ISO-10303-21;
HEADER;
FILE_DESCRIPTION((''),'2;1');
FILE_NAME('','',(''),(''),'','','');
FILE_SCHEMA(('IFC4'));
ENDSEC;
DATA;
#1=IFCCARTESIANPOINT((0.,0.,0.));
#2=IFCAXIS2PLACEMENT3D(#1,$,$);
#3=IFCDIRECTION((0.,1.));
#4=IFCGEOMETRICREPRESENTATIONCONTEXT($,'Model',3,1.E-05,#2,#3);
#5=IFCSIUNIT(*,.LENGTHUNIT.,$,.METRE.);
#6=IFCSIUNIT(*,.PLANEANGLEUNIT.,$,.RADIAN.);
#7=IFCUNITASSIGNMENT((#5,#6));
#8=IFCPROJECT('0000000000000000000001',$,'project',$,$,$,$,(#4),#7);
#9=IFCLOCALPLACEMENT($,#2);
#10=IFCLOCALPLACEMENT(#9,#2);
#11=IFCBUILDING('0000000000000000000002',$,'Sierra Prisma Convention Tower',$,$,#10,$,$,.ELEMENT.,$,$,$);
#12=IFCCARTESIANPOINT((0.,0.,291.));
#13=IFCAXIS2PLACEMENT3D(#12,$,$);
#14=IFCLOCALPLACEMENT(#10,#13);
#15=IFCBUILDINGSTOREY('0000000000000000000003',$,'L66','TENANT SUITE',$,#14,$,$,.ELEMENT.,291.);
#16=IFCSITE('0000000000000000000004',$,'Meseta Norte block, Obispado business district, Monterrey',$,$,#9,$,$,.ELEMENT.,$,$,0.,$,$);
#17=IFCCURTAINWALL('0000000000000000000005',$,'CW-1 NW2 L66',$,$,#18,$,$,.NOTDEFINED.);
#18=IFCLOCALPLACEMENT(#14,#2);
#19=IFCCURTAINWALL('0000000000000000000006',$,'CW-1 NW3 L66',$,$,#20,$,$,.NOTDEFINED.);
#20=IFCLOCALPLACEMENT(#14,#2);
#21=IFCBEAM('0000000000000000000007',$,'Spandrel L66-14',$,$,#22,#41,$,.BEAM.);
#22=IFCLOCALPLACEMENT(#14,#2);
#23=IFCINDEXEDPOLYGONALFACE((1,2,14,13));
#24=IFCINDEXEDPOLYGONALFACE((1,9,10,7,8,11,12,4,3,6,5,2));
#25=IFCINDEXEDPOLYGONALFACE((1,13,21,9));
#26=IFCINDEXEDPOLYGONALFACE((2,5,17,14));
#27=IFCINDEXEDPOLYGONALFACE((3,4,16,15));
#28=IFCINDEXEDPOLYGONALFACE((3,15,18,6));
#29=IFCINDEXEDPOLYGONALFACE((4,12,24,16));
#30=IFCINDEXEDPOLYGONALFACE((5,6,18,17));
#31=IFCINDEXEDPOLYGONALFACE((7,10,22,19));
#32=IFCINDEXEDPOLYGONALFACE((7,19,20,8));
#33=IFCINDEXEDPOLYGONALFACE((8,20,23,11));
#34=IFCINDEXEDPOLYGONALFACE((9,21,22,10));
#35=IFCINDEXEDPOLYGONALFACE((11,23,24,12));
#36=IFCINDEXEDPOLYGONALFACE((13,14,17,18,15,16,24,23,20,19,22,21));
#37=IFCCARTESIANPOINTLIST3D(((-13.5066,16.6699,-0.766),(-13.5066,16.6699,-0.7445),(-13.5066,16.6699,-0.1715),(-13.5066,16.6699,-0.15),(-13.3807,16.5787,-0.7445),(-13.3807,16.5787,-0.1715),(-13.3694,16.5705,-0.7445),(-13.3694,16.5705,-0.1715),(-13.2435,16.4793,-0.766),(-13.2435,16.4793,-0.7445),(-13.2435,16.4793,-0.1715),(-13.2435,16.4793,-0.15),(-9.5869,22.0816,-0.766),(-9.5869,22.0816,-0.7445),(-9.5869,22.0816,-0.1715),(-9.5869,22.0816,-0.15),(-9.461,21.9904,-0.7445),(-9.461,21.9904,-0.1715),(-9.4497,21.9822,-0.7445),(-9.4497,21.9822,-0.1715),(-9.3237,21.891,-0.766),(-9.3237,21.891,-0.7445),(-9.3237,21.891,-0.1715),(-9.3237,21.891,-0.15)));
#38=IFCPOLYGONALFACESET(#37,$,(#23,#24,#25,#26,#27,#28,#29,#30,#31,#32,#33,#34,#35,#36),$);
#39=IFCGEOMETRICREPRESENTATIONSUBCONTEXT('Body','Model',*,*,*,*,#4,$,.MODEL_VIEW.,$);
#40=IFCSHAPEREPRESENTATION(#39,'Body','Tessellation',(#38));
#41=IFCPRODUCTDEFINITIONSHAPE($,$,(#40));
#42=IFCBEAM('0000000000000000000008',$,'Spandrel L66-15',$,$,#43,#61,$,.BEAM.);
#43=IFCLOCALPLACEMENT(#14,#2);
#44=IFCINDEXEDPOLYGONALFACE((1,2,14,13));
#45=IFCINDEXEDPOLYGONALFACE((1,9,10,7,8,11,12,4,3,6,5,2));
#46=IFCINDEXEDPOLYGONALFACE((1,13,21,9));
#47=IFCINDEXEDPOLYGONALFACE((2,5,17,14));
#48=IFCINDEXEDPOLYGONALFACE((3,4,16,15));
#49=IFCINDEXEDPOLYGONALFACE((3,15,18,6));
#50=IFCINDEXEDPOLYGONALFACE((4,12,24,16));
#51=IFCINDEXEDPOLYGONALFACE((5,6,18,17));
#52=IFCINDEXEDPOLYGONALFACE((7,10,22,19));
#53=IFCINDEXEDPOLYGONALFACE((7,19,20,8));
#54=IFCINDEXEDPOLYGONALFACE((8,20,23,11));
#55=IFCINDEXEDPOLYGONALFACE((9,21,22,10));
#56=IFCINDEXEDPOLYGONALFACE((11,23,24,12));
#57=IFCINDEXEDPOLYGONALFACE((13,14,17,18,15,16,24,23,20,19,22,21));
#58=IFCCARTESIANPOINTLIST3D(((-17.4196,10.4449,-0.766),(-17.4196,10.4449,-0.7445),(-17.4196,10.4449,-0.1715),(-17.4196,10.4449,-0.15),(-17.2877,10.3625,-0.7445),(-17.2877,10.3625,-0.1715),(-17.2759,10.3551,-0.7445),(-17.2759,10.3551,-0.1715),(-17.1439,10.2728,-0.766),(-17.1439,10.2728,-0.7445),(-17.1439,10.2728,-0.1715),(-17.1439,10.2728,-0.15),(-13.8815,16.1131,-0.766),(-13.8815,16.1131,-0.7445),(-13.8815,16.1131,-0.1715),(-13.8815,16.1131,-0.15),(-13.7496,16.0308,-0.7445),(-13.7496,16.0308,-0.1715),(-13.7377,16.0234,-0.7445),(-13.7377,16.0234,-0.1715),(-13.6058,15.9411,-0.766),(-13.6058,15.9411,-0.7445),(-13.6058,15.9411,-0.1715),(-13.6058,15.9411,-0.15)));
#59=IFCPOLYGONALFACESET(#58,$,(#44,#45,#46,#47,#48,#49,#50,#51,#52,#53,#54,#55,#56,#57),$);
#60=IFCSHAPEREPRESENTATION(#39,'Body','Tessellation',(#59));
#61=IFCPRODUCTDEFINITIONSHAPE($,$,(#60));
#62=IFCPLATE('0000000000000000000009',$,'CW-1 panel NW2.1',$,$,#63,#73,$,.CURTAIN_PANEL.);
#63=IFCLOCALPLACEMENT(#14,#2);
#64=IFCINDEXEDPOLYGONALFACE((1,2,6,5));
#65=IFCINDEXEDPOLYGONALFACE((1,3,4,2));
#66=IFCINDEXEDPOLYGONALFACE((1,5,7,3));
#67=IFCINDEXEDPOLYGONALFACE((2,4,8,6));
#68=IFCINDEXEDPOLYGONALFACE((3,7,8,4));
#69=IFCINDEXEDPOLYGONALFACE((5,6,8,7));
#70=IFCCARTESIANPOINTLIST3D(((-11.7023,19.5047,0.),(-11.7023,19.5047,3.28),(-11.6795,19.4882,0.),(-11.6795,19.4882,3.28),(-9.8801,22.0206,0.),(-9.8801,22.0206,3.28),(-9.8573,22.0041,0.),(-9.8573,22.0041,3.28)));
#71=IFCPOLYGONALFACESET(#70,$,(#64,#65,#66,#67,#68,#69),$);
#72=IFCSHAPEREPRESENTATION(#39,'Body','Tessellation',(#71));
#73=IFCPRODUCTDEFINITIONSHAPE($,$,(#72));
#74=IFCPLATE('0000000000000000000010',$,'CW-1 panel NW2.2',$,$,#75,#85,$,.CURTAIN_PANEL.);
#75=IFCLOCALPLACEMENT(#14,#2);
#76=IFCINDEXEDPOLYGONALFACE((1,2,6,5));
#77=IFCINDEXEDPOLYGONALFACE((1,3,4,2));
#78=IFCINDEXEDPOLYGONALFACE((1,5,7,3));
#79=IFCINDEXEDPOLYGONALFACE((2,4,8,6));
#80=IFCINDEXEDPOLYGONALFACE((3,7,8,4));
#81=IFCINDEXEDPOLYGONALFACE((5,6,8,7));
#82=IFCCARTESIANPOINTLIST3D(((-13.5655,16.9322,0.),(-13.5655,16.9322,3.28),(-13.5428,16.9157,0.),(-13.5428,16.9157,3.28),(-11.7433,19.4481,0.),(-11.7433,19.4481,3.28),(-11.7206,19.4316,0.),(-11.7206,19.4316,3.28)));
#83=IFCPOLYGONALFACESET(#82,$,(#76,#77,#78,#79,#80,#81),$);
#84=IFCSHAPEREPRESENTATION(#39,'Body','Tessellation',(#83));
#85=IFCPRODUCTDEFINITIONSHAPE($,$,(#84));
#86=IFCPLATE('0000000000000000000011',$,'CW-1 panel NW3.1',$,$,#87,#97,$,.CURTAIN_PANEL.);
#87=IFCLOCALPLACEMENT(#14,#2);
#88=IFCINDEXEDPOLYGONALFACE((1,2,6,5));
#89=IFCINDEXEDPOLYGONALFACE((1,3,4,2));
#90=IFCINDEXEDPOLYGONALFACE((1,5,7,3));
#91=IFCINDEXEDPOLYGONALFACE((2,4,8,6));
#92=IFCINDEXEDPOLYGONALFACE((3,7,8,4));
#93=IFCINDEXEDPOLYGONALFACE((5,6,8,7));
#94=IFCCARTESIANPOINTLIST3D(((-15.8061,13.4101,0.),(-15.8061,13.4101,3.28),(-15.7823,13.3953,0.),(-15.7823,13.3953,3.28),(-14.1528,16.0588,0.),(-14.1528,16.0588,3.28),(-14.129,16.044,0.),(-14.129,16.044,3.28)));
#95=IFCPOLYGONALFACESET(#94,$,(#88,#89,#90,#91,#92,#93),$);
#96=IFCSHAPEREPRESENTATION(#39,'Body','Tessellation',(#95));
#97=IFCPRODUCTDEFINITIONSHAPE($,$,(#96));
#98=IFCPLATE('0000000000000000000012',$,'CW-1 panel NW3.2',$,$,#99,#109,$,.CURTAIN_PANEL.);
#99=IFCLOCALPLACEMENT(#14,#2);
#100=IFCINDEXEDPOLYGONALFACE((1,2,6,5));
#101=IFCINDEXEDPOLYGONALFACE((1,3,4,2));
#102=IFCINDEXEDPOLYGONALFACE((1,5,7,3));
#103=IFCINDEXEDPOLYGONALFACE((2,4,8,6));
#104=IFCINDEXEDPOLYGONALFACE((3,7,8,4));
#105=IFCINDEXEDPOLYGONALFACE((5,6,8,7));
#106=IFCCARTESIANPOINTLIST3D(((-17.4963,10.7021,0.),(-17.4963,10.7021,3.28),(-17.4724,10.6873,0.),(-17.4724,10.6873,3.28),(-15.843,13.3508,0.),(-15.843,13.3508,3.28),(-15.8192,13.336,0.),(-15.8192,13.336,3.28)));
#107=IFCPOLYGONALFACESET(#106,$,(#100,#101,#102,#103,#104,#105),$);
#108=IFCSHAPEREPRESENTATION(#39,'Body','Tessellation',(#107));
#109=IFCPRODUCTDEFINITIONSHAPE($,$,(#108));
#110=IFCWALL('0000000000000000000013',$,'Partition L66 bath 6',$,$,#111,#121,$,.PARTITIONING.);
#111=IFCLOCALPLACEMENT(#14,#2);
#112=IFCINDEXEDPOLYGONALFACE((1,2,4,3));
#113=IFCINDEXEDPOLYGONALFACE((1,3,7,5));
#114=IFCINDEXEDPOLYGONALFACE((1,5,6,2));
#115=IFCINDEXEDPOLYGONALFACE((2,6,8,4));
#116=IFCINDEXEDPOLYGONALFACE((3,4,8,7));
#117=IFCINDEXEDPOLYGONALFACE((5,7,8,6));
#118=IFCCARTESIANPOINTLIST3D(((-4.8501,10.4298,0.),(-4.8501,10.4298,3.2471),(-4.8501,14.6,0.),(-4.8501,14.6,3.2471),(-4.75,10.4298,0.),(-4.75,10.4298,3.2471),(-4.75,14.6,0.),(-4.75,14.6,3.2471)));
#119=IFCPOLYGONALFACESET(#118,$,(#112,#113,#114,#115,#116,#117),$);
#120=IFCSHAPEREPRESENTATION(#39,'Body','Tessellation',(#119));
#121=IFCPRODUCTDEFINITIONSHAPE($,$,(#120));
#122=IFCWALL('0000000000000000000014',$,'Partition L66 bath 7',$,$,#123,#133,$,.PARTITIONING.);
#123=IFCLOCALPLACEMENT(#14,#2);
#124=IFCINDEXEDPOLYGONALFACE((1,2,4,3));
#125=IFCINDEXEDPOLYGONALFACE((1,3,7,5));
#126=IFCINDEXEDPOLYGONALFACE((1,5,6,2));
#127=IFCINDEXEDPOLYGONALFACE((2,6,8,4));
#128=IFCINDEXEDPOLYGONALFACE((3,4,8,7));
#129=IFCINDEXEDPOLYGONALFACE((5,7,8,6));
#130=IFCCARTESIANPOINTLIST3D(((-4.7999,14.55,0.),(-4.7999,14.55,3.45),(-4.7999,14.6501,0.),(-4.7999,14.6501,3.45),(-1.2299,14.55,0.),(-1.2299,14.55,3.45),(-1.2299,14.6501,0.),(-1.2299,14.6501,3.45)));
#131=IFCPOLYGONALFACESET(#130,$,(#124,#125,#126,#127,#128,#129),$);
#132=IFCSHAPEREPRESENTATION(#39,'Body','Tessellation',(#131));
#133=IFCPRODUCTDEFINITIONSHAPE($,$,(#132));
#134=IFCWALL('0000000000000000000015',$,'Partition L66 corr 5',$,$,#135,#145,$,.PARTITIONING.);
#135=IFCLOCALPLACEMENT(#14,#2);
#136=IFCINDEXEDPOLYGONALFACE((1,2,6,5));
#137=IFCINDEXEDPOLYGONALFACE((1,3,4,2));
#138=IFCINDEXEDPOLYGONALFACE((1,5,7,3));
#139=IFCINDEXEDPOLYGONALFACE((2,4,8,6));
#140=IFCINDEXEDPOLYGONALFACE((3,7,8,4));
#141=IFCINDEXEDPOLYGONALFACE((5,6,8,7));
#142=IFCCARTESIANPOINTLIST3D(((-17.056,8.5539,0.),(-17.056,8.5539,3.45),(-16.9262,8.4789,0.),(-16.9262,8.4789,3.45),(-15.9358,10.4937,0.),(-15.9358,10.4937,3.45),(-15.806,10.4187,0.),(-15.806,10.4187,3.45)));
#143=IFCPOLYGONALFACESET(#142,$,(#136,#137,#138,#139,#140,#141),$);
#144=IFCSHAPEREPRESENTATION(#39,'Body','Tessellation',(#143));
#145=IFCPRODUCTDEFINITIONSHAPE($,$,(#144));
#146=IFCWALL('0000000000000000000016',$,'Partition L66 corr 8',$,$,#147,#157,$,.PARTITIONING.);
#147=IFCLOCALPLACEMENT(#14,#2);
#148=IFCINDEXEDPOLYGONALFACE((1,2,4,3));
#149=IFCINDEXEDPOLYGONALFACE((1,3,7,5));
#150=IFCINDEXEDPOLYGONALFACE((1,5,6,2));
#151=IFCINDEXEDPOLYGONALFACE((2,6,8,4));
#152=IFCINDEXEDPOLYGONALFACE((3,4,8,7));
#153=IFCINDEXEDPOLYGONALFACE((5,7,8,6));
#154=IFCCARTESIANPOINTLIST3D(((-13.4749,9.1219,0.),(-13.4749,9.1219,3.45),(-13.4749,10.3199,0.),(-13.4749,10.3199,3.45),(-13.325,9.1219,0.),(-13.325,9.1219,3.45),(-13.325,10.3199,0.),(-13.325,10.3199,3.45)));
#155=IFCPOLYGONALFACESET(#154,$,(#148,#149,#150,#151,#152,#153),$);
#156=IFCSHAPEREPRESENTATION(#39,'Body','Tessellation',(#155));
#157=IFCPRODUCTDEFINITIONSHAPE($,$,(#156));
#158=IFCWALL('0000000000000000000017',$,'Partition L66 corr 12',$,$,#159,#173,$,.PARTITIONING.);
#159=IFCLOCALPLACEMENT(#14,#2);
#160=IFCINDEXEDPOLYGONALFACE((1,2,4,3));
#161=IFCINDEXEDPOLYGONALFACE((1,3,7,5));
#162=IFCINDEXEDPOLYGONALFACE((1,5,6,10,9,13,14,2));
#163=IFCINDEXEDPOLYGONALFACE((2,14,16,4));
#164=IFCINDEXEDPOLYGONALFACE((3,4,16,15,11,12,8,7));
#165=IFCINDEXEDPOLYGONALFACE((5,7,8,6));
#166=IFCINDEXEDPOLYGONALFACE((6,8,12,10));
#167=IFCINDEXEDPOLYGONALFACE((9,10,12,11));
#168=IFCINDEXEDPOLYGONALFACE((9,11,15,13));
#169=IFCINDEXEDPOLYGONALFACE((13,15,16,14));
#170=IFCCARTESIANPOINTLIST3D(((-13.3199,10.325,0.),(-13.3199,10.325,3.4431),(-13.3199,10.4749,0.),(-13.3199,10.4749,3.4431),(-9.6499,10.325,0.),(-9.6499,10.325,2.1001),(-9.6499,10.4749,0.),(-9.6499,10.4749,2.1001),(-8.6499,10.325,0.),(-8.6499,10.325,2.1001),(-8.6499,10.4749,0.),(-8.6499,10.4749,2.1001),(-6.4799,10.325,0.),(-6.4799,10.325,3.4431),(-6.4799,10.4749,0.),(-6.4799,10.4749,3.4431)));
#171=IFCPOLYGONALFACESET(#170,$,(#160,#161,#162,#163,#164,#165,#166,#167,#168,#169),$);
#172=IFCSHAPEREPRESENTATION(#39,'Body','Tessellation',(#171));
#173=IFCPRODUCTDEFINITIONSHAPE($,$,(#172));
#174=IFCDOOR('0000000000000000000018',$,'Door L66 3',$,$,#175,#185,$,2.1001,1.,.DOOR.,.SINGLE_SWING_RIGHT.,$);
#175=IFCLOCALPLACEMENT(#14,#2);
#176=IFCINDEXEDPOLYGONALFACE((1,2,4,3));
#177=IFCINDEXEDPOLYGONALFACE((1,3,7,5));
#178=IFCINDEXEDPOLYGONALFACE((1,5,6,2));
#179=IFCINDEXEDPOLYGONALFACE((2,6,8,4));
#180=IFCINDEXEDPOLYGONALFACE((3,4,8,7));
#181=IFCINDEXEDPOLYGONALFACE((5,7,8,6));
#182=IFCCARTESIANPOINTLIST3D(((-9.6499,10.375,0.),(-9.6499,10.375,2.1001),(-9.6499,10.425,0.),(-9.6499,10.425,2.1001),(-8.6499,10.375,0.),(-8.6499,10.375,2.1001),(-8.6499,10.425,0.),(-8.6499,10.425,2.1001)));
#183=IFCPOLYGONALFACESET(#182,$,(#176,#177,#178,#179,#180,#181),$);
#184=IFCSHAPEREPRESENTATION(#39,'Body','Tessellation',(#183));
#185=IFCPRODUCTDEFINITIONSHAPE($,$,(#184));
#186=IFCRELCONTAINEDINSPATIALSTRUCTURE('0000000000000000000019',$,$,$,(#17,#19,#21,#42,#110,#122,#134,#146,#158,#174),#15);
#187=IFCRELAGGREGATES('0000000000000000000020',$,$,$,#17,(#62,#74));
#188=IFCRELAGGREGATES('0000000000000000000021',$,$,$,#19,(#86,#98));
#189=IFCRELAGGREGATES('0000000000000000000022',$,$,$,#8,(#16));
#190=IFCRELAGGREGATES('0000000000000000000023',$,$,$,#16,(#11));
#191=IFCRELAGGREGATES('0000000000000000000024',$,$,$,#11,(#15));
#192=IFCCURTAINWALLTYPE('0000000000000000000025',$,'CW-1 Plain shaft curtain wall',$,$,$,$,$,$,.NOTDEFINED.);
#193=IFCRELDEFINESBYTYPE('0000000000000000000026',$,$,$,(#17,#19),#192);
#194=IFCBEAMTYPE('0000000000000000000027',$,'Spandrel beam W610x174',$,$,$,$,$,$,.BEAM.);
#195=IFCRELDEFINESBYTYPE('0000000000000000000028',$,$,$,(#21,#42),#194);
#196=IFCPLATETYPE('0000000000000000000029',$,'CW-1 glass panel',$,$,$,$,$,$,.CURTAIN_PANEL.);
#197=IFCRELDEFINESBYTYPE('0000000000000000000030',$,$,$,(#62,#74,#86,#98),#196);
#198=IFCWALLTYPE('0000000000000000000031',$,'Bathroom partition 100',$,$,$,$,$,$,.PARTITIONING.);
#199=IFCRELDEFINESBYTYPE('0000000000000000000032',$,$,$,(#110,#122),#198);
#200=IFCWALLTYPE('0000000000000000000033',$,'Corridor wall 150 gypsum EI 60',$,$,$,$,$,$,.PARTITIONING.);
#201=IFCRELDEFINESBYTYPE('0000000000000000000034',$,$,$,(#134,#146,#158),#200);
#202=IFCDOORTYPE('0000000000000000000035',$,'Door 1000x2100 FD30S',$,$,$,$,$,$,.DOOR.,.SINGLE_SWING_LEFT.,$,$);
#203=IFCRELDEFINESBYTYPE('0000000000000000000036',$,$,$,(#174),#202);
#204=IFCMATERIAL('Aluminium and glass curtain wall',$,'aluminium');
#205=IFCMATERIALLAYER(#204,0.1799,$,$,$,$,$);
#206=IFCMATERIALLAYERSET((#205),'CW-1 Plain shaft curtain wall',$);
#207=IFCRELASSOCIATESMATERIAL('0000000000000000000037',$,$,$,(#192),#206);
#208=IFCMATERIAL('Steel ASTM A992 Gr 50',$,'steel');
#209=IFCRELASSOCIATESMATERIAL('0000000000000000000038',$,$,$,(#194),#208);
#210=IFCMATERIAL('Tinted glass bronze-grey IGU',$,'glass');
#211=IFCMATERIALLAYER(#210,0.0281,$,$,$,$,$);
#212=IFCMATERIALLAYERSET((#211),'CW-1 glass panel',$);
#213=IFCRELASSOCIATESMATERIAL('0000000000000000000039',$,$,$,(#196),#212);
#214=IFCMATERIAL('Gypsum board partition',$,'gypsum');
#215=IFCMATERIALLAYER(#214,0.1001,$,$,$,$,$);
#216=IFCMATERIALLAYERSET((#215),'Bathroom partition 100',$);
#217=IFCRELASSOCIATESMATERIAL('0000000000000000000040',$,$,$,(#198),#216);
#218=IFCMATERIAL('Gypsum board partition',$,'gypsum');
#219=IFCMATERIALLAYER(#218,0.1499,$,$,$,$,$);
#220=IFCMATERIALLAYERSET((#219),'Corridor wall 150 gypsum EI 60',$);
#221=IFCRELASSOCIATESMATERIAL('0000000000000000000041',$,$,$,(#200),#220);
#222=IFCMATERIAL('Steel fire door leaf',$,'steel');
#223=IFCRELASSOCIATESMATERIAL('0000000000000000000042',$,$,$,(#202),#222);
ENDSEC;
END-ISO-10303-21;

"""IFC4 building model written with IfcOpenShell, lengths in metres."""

from ifc_helpers import new_model, si_unit, direction, frame, frame_2d, origin, origin_2d, place, context, subcontext, project, spatial, rectangle, i_section, extrude, material, layer, layer_set, material_profile, profile_set, type_object, element, fill, aggregate, save


model = new_model("IFC4")

# Units and contexts
model_context = context("Model", 3, precision=1e-05, world=origin(), true_north=direction((0.0, 1.0)))
body_context = subcontext(model_context, "Body", "Model", "MODEL_VIEW")
ifc_project = project(units=[si_unit("LENGTHUNIT", "METRE"), si_unit("PLANEANGLEUNIT", "RADIAN")], contexts=[model_context])

# Site, building, storey
site_placement = place(None, origin())
site = spatial("IfcSite", under=ifc_project, at=site_placement, Name="Meseta Norte block, Obispado business district, Monterrey", CompositionType="ELEMENT", RefElevation=0.0)
building_placement = place(site_placement, origin())
building = spatial("IfcBuilding", under=site, at=building_placement, Name="Sierra Prisma Convention Tower", CompositionType="ELEMENT")
storey_placement = place(building_placement, frame((0.0, 0.0, 291.0)))
storey = spatial("IfcBuildingStorey", under=building, at=storey_placement, Name="L66", Description="TENANT SUITE", CompositionType="ELEMENT", Elevation=291.0)

# Curtain wall
ifc_material_1 = material(Name="Aluminium and glass curtain wall", Category="aluminium")
ifc_layer_1 = layer(ifc_material_1, 0.1799)
ifc_layer_set_1 = layer_set([ifc_layer_1], Name="CW-1 Plain shaft curtain wall")
curtain_wall_type = type_object("IfcCurtainWallType", Name="CW-1 Plain shaft curtain wall", PredefinedType="NOTDEFINED", material=ifc_layer_set_1)
curtain_wall_1_placement = place(storey_placement, origin())
curtain_wall_1 = element("IfcCurtainWall", 1, at=curtain_wall_1_placement, inside=storey, type_object=curtain_wall_type, Name="CW-1 NW2 L66", PredefinedType="NOTDEFINED")

# Curtain wall
curtain_wall_2_placement = place(storey_placement, origin())
curtain_wall_2 = element("IfcCurtainWall", 2, at=curtain_wall_2_placement, inside=storey, type_object=curtain_wall_type, Name="CW-1 NW3 L66", PredefinedType="NOTDEFINED")

# Beams
ifc_material_2 = material(Name="Steel ASTM A992 Gr 50", Category="steel")
ifc_material_profile_1 = material_profile(ifc_material_2, i_section(OverallWidth=0.325, OverallDepth=0.616, WebThickness=0.0139, FlangeThickness=0.0215, at=origin_2d()), Name="W610x174")
ifc_profile_set_1 = profile_set([ifc_material_profile_1], Name="Steel ASTM A992 Gr 50")
beam_type_1 = type_object("IfcBeamType", Name="Spandrel beam W610x174", PredefinedType="BEAM", material=ifc_profile_set_1)
beam_1_placement = place(storey_placement, frame((-9.4553, 21.9863, -0.458), z_axis=(-0.5866, -0.809877, 0.0), x_axis=(0.809877, -0.5866, 0.0)))
element("IfcBeam", 3, at=beam_1_placement, inside=storey, type_object=beam_type_1, Name="Spandrel L66-14", PredefinedType="BEAM", context=body_context, shape_type="SweptSolid", body=[
    extrude(i_section(OverallWidth=0.325, OverallDepth=0.616, WebThickness=0.0139, FlangeThickness=0.0215, at=origin_2d()), origin(), (0.0, 0.0, 1.0), 6.6821),
])
beam_2_placement = place(storey_placement, frame((-13.7437, 16.0271, -0.458), z_axis=(-0.529509, -0.848304, 0.0), x_axis=(0.848304, -0.529509, 0.0)))
element("IfcBeam", 4, at=beam_2_placement, inside=storey, type_object=beam_type_1, Name="Spandrel L66-15", PredefinedType="BEAM", context=body_context, shape_type="SweptSolid", body=[
    extrude(i_section(OverallWidth=0.325, OverallDepth=0.616, WebThickness=0.0139, FlangeThickness=0.0215, at=origin_2d()), origin(), (0.0, 0.0, 1.0), 6.6819),
])

# Plates
ifc_material_3 = material(Name="Tinted glass bronze-grey IGU", Category="glass")
ifc_layer_2 = layer(ifc_material_3, 0.0281)
ifc_layer_set_2 = layer_set([ifc_layer_2], Name="CW-1 glass panel")
plate_type = type_object("IfcPlateType", Name="CW-1 glass panel", PredefinedType="CURTAIN_PANEL", material=ifc_layer_set_2)
plate_1_placement = place(storey_placement, frame((-10.7798, 20.7544, 0.0), z_axis=(0.0, 0.0, 1.0), x_axis=(-0.586589, -0.809885, 0.0)))
plate_1 = element("IfcPlate", 5, at=plate_1_placement, type_object=plate_type, Name="CW-1 panel NW2.1", PredefinedType="CURTAIN_PANEL", context=body_context, shape_type="SweptSolid", body=[
    extrude(rectangle(XDim=3.1064, YDim=0.0281, at=origin_2d()), origin(), (0.0, 0.0, 1.0), 3.28),
])
plate_2_placement = place(storey_placement, frame((-12.6431, 18.1819, 0.0), z_axis=(0.0, 0.0, 1.0), x_axis=(-0.586589, -0.809885, 0.0)))
plate_2 = element("IfcPlate", 6, at=plate_2_placement, type_object=plate_type, Name="CW-1 panel NW2.2", PredefinedType="CURTAIN_PANEL", context=body_context, shape_type="SweptSolid", body=[
    extrude(rectangle(XDim=3.1064, YDim=0.0281, at=origin_2d()), origin(), (0.0, 0.0, 1.0), 3.28),
])
aggregate(curtain_wall_1, [plate_1, plate_2])
plate_3_placement = place(storey_placement, frame((-14.9675, 14.7271, 0.0), z_axis=(0.0, 0.0, 1.0), x_axis=(-0.529501, -0.848309, 0.0)))
plate_3 = element("IfcPlate", 7, at=plate_3_placement, type_object=plate_type, Name="CW-1 panel NW3.1", PredefinedType="CURTAIN_PANEL", context=body_context, shape_type="SweptSolid", body=[
    extrude(rectangle(XDim=3.1223, YDim=0.0281, at=origin_2d()), origin(), (0.0, 0.0, 1.0), 3.28),
])
plate_4_placement = place(storey_placement, frame((-16.6577, 12.019, 0.0), z_axis=(0.0, 0.0, 1.0), x_axis=(-0.529501, -0.848309, 0.0)))
plate_4 = element("IfcPlate", 8, at=plate_4_placement, type_object=plate_type, Name="CW-1 panel NW3.2", PredefinedType="CURTAIN_PANEL", context=body_context, shape_type="SweptSolid", body=[
    extrude(rectangle(XDim=3.1223, YDim=0.0281, at=origin_2d()), origin(), (0.0, 0.0, 1.0), 3.28),
])
aggregate(curtain_wall_2, [plate_3, plate_4])

# Walls
ifc_material_4 = material(Name="Gypsum board partition", Category="gypsum")
ifc_layer_3 = layer(ifc_material_4, 0.1001)
ifc_layer_set_3 = layer_set([ifc_layer_3], Name="Bathroom partition 100")
wall_type_1 = type_object("IfcWallType", Name="Bathroom partition 100", PredefinedType="PARTITIONING", material=ifc_layer_set_3)
wall_1_placement = place(storey_placement, frame((-4.8, 10.4299, 0.0), z_axis=(0.0, 0.0, 1.0), x_axis=(0.0, 1.0, 0.0)))
element("IfcWall", 9, at=wall_1_placement, inside=storey, type_object=wall_type_1, Name="Partition L66 bath 6", PredefinedType="PARTITIONING", context=body_context, shape_type="SweptSolid", body=[
    extrude(rectangle(XDim=4.1702, YDim=0.1001, at=frame_2d((2.085, 0.0))), origin(), (0.0, 0.0, 1.0), 3.2471),
])
wall_2_placement = place(storey_placement, frame((-4.8, 14.6001, 0.0), z_axis=(0.0, 0.0, 1.0), x_axis=(1.0, 0.0, 0.0)))
element("IfcWall", 10, at=wall_2_placement, inside=storey, type_object=wall_type_1, Name="Partition L66 bath 7", PredefinedType="PARTITIONING", context=body_context, shape_type="SweptSolid", body=[
    extrude(rectangle(XDim=3.5701, YDim=0.1001, at=frame_2d((1.7852, 0.0))), origin(), (0.0, 0.0, 1.0), 3.45),
])
ifc_material_5 = material(Name="Gypsum board partition", Category="gypsum")
ifc_layer_4 = layer(ifc_material_5, 0.1499)
ifc_layer_set_4 = layer_set([ifc_layer_4], Name="Corridor wall 150 gypsum EI 60")
wall_type_2 = type_object("IfcWallType", Name="Corridor wall 150 gypsum EI 60", PredefinedType="PARTITIONING", material=ifc_layer_set_4)
wall_3_placement = place(storey_placement, frame((-15.8708, 10.4563, 0.0), z_axis=(0.0, 0.0, 1.0), x_axis=(-0.500078, -0.86598, 0.0)))
element("IfcWall", 11, at=wall_3_placement, inside=storey, type_object=wall_type_2, Name="Partition L66 corr 5", PredefinedType="PARTITIONING", context=body_context, shape_type="SweptSolid", body=[
    extrude(rectangle(XDim=2.24, YDim=0.1499, at=frame_2d((1.1201, 0.0))), origin(), (0.0, 0.0, 1.0), 3.45),
])
wall_4_placement = place(storey_placement, frame((-13.3999, 10.3201, 0.0), z_axis=(0.0, 0.0, 1.0), x_axis=(0.0, -1.0, 0.0)))
element("IfcWall", 12, at=wall_4_placement, inside=storey, type_object=wall_type_2, Name="Partition L66 corr 8", PredefinedType="PARTITIONING", context=body_context, shape_type="SweptSolid", body=[
    extrude(rectangle(XDim=1.198, YDim=0.1499, at=frame_2d((0.5991, 0.0))), origin(), (0.0, 0.0, 1.0), 3.45),
])

# Wall, opening, door
wall_5_placement = place(storey_placement, frame((-6.48, 10.3999, 0.0), z_axis=(0.0, 0.0, 1.0), x_axis=(-1.0, 0.0, 0.0)))
wall_5 = element("IfcWall", 13, at=wall_5_placement, inside=storey, type_object=wall_type_2, Name="Partition L66 corr 12", PredefinedType="PARTITIONING", context=body_context, shape_type="SweptSolid", body=[
    extrude(rectangle(XDim=6.8401, YDim=0.1499, at=frame_2d((3.4199, 0.0))), origin(), (0.0, 0.0, 1.0), 3.4431),
])
opening_1_placement = place(wall_5_placement, frame((2.1699, 0.0, 0.0)))
opening_1 = element("IfcOpeningElement", 14, at=opening_1_placement, cuts=wall_5, PredefinedType="OPENING", context=body_context, shape_type="SweptSolid", body=[
    extrude(rectangle(XDim=1.0, YDim=2.1001, at=frame_2d((0.5, 1.05))), frame((0.0, 0.075, 0.0), z_axis=(0.0, -1.0, 0.0), x_axis=(1.0, 0.0, 0.0)), (0.0, 0.0, 1.0), 0.1499),
])
ifc_material_6 = material(Name="Steel fire door leaf", Category="steel")
door_type_1 = type_object("IfcDoorType", Name="Door 1000x2100 FD30S", OperationType="SINGLE_SWING_LEFT", PredefinedType="DOOR", material=ifc_material_6)
door_1_placement = place(opening_1_placement, origin())
door_1 = element("IfcDoor", 15, at=door_1_placement, inside=storey, type_object=door_type_1, Name="Door L66 3", OperationType="SINGLE_SWING_RIGHT", OverallHeight=2.1001, OverallWidth=1.0, PredefinedType="DOOR", context=body_context, shape_type="SweptSolid", body=[
    extrude(rectangle(XDim=1.0, YDim=2.1001, at=frame_2d((0.5, 1.05))), frame((0.0, 0.0249, 0.0), z_axis=(0.0, -1.0, 0.0), x_axis=(1.0, 0.0, 0.0)), (0.0, 0.0, 1.0), 0.05),
])
fill(opening_1, door_1)

save(model, "model.ifc")
